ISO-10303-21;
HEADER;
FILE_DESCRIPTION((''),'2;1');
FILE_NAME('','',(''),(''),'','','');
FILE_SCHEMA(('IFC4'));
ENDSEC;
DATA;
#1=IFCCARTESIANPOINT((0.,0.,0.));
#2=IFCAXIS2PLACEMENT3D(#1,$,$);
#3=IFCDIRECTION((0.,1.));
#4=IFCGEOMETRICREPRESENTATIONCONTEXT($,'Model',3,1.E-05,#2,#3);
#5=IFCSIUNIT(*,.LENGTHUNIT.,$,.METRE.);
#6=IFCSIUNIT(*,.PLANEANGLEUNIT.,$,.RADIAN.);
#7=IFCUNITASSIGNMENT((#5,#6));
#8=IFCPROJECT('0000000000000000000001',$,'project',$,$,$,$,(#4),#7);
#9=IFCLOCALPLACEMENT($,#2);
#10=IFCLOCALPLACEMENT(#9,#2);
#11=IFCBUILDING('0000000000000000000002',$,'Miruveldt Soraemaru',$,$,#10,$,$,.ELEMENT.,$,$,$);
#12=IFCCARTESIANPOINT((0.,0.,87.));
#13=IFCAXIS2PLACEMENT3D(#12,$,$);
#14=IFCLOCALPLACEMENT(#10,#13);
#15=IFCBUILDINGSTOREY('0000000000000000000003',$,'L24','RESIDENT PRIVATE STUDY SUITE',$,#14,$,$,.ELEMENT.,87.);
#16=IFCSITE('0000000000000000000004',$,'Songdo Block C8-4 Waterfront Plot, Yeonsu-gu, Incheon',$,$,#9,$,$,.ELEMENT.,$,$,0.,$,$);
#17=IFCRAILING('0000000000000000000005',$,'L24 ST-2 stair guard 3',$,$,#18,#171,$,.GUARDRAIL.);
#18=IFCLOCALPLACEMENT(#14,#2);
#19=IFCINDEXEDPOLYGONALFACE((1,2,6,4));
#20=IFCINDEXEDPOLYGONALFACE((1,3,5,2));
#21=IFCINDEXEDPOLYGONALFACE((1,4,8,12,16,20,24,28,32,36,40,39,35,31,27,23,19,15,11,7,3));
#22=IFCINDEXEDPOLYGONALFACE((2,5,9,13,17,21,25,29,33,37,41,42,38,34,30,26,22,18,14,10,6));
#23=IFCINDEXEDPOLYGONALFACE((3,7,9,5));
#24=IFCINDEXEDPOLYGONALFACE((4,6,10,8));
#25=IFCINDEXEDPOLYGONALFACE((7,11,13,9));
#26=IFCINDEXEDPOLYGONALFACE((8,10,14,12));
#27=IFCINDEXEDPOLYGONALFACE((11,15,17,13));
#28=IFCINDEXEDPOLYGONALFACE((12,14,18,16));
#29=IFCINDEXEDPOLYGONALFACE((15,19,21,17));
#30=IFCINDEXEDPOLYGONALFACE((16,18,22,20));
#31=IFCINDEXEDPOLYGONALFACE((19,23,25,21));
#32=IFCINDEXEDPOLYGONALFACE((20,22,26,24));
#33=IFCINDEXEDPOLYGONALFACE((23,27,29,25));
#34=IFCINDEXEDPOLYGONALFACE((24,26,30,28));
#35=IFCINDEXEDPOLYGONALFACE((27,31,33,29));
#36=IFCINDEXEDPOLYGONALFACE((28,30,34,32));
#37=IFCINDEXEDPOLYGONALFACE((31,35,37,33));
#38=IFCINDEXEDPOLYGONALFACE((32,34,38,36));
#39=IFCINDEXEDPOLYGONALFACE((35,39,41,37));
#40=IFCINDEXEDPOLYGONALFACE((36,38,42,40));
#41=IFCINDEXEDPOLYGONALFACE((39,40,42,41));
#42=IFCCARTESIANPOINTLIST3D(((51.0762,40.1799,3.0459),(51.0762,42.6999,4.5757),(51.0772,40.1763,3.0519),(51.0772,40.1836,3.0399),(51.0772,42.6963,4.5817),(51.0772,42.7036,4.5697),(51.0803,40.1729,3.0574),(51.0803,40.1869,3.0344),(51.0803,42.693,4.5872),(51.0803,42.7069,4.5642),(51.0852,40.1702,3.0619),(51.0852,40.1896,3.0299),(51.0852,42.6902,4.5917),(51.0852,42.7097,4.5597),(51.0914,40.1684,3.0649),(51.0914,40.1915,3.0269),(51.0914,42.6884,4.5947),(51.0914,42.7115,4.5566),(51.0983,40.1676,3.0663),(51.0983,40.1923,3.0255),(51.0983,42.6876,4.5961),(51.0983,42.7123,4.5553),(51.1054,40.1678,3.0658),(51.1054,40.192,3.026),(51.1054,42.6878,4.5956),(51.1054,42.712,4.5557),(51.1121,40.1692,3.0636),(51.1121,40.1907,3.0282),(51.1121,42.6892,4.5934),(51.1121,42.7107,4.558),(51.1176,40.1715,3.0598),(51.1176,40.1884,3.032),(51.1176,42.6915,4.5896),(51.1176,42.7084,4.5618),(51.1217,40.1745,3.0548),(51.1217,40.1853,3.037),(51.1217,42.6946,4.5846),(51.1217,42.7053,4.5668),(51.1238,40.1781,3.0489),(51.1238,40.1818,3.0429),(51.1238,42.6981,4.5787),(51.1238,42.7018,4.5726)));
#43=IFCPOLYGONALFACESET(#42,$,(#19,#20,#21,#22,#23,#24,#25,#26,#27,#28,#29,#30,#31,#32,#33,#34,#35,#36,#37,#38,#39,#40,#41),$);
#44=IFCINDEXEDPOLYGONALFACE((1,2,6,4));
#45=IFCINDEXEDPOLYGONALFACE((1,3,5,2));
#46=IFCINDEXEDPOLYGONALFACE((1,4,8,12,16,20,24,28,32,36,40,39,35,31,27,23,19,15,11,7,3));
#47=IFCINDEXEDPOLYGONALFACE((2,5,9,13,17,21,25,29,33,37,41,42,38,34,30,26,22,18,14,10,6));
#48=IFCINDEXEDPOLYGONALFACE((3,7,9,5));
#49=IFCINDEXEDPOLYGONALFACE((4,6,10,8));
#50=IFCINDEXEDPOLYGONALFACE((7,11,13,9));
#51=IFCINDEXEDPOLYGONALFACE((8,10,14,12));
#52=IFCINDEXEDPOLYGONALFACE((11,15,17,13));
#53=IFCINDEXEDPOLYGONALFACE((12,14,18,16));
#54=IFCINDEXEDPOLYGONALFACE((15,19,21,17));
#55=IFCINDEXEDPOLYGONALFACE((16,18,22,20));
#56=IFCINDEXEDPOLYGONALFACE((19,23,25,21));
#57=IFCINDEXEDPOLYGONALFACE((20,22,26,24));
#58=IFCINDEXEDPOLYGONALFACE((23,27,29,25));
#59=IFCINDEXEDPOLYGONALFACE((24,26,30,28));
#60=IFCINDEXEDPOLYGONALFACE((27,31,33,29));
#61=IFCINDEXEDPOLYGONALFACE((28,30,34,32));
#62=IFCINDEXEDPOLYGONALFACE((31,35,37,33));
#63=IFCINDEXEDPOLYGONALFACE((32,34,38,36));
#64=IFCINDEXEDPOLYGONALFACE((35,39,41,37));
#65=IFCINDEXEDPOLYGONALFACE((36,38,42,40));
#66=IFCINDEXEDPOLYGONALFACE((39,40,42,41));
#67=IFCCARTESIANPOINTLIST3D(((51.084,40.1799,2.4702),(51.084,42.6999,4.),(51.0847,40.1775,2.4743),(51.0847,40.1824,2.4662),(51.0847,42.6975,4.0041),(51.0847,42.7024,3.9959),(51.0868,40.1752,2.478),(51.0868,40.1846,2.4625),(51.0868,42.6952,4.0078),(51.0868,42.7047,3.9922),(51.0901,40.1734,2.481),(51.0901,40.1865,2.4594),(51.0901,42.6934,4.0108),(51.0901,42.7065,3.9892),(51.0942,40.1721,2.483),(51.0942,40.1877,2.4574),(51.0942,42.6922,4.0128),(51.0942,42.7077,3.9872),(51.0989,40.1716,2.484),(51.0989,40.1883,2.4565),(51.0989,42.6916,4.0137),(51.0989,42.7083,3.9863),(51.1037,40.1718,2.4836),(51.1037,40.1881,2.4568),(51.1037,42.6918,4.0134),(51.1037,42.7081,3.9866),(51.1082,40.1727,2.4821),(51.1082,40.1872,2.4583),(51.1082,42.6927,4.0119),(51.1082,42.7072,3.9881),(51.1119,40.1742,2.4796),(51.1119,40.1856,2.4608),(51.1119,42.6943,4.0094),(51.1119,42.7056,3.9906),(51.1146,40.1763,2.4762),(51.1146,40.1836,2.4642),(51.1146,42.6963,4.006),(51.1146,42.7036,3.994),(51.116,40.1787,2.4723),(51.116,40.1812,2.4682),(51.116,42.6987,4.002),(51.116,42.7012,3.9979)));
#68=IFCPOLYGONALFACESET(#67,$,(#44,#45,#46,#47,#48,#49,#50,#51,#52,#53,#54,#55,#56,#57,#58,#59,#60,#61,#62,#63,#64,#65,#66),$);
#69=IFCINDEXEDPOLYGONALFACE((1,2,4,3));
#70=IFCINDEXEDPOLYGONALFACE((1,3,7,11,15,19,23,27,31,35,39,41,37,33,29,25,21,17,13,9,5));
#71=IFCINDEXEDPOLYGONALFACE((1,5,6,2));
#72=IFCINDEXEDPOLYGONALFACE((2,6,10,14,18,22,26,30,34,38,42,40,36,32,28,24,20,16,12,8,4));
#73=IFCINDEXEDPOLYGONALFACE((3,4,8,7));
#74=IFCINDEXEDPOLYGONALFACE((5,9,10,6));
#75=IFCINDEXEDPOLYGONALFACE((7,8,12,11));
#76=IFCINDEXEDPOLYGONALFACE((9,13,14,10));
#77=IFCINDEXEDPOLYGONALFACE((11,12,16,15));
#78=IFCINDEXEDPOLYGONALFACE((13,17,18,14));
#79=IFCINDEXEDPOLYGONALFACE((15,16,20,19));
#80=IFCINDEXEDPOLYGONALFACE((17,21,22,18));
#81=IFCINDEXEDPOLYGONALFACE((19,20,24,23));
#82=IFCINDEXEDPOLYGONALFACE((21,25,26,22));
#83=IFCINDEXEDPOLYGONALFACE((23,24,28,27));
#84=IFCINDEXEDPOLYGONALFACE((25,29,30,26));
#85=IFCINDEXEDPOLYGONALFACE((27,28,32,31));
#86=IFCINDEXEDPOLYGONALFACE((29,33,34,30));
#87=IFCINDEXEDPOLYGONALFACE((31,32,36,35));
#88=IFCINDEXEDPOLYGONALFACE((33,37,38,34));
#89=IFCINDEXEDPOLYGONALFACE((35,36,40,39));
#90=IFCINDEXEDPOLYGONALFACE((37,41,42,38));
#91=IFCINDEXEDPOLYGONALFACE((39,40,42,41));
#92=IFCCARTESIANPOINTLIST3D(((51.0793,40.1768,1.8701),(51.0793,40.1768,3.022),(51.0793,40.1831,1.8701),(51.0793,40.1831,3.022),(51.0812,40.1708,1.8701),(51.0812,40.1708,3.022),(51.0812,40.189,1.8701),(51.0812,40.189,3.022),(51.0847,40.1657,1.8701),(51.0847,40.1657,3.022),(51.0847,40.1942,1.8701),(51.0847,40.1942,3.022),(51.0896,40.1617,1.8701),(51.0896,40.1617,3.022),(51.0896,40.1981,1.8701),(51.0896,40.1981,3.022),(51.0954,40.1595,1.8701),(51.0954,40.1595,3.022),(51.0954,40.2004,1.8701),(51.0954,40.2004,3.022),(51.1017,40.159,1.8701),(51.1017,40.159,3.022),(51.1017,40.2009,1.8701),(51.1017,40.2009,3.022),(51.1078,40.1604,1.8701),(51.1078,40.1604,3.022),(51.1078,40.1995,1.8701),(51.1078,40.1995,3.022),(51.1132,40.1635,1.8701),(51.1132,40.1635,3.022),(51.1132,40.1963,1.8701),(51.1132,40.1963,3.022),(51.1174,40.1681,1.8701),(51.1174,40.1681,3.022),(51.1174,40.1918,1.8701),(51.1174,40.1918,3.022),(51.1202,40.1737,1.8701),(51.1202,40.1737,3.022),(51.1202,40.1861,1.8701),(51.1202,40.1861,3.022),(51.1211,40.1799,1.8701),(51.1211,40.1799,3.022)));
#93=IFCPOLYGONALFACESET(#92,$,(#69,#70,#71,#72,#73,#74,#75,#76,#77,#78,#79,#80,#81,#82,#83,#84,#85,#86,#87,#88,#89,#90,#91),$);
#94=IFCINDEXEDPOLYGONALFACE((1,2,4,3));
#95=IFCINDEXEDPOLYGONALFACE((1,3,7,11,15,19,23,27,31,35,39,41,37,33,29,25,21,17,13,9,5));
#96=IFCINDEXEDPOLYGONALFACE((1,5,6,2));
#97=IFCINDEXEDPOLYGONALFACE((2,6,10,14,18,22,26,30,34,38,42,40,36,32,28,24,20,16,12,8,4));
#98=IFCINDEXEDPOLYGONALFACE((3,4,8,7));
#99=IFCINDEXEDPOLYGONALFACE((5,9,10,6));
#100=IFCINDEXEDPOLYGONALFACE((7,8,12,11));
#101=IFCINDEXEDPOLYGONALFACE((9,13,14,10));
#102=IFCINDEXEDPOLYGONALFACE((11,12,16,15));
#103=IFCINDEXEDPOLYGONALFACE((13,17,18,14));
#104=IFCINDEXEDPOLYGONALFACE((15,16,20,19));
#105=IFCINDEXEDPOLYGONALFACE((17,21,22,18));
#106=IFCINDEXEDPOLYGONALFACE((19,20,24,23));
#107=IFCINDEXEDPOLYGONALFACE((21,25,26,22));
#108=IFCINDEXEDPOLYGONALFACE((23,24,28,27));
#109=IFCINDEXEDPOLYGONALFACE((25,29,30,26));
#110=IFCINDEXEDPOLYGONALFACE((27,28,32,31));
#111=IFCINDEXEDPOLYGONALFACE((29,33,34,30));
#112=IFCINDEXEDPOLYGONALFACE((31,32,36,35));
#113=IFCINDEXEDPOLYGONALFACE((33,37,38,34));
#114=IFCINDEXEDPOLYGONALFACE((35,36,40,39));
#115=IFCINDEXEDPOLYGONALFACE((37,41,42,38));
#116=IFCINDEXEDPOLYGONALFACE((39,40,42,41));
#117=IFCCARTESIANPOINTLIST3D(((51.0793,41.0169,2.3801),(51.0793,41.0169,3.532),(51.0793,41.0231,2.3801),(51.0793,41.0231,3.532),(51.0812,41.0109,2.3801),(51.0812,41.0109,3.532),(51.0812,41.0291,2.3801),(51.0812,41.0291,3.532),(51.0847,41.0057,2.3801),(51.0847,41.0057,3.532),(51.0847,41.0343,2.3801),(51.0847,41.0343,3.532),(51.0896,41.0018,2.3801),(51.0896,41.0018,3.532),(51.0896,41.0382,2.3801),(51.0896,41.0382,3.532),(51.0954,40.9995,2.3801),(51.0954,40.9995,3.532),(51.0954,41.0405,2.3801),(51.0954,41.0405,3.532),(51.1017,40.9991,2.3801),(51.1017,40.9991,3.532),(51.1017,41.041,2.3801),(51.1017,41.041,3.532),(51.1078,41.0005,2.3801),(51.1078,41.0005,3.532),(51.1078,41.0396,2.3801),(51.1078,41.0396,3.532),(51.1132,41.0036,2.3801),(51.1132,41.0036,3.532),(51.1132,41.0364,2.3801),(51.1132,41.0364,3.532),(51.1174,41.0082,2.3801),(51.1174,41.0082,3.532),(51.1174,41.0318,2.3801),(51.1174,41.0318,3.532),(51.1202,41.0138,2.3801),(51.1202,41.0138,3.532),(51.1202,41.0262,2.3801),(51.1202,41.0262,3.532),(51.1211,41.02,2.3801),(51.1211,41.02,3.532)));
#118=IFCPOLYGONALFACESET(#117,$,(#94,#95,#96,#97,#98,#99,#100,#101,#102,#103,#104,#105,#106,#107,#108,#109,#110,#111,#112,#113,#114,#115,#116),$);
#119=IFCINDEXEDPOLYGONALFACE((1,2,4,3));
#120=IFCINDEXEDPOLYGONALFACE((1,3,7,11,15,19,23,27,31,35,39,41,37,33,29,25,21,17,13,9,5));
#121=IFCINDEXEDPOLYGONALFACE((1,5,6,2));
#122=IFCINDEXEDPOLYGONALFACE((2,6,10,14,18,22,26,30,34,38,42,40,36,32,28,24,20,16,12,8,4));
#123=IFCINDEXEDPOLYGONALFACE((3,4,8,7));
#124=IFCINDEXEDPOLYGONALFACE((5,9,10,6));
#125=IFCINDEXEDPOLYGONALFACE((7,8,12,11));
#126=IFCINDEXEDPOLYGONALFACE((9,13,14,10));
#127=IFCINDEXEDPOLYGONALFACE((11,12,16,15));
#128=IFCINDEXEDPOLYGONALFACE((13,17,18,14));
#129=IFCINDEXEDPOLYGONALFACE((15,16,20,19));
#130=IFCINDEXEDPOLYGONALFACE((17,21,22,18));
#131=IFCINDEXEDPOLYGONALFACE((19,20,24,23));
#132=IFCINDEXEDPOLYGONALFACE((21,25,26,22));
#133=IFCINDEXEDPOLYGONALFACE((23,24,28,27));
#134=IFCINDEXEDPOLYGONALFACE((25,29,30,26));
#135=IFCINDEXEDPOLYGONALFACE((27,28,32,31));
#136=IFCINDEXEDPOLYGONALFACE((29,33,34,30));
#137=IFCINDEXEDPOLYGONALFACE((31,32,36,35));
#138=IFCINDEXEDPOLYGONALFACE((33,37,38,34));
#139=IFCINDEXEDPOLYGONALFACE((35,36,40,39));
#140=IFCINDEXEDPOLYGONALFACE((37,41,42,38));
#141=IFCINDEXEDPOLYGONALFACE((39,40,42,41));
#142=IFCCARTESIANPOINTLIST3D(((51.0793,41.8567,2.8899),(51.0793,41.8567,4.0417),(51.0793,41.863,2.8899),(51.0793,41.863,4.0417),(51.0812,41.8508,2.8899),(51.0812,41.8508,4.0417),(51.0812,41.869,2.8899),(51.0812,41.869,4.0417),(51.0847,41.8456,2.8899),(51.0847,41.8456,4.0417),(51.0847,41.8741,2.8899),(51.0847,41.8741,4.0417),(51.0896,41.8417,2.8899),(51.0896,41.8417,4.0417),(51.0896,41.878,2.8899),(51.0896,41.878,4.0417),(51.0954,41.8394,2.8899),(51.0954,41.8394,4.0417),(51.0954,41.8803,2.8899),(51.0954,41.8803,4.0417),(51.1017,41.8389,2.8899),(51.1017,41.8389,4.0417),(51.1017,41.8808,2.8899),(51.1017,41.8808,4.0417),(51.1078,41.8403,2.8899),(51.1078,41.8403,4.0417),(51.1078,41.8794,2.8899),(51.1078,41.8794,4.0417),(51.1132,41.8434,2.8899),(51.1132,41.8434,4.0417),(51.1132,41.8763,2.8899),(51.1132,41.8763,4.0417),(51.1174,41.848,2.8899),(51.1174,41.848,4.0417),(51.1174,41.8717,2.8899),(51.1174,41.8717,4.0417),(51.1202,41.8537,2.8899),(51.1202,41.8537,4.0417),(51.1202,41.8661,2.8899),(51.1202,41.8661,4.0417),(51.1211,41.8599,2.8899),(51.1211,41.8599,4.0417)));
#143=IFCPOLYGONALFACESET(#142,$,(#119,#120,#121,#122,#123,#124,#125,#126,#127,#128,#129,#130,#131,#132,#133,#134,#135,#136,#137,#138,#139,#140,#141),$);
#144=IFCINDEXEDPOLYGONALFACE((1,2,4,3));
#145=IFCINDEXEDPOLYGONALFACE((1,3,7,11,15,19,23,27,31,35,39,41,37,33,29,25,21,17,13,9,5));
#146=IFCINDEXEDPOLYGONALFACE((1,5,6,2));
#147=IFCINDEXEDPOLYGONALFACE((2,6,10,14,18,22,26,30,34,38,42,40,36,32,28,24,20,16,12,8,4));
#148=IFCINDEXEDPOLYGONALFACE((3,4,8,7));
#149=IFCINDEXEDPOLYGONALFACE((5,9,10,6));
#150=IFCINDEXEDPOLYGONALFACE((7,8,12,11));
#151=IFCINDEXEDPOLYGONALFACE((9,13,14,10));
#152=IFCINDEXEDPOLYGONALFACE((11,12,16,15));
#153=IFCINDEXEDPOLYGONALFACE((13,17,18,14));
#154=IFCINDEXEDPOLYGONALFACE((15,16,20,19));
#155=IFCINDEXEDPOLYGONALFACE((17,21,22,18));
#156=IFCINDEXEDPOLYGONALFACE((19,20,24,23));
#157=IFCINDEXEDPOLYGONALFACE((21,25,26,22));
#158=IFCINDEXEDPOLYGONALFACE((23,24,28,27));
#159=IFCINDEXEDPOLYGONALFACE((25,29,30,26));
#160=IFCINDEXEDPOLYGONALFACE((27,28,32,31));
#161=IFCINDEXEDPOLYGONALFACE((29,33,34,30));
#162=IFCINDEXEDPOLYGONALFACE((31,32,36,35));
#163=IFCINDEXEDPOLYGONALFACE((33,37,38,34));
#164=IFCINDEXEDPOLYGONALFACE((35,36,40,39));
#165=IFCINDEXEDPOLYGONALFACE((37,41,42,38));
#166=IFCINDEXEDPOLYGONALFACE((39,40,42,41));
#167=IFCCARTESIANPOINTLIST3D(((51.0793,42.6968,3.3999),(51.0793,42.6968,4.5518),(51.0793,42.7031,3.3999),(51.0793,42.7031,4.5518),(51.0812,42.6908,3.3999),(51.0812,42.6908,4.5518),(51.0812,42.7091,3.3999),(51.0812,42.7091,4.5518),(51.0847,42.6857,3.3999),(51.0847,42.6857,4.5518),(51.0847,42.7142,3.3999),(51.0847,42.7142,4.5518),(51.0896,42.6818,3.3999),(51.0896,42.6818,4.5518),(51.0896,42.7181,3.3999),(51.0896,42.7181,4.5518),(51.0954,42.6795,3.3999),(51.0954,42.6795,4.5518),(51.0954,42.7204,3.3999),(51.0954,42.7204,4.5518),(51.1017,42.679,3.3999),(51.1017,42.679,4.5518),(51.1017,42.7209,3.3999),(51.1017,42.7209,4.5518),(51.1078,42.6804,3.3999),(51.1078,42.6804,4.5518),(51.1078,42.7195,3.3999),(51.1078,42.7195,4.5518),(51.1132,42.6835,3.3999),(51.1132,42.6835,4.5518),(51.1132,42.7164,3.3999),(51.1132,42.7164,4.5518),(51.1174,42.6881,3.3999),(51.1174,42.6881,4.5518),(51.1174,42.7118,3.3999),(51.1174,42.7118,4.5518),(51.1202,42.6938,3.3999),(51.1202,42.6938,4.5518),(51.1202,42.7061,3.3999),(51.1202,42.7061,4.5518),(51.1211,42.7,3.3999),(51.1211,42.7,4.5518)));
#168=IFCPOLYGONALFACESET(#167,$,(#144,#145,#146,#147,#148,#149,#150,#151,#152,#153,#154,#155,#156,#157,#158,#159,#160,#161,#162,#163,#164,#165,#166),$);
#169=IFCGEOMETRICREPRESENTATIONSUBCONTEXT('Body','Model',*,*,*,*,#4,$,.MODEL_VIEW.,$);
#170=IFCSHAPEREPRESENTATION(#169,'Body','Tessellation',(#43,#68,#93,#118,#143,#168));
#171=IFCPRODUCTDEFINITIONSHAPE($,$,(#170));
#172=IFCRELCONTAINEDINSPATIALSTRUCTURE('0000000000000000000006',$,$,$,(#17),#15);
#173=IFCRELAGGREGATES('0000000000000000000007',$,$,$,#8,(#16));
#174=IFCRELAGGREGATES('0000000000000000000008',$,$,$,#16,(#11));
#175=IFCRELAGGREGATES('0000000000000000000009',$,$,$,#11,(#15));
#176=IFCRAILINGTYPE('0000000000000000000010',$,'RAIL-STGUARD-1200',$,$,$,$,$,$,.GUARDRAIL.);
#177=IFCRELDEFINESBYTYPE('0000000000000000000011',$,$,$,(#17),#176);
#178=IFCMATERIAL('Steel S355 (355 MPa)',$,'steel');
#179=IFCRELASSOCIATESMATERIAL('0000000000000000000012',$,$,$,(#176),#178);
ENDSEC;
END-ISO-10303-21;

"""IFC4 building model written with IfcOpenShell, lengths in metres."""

from ifc_helpers import new_model, si_unit, direction, frame, origin, origin_2d, place, context, subcontext, project, spatial, circle, extrude, material, type_object, element, save


model = new_model("IFC4")

# Units and contexts
model_context = context("Model", 3, precision=1e-05, world=origin(), true_north=direction((0.0, 1.0)))
body_context = subcontext(model_context, "Body", "Model", "MODEL_VIEW")
ifc_project = project(units=[si_unit("LENGTHUNIT", "METRE"), si_unit("PLANEANGLEUNIT", "RADIAN")], contexts=[model_context])

# Site, building, storey
site_placement = place(None, origin())
site = spatial("IfcSite", under=ifc_project, at=site_placement, Name="Songdo Block C8-4 Waterfront Plot, Yeonsu-gu, Incheon", CompositionType="ELEMENT", RefElevation=0.0)
building_placement = place(site_placement, origin())
building = spatial("IfcBuilding", under=site, at=building_placement, Name="Miruveldt Soraemaru", CompositionType="ELEMENT")
storey_placement = place(building_placement, frame((0.0, 0.0, 87.0)))
storey = spatial("IfcBuildingStorey", under=building, at=storey_placement, Name="L24", Description="RESIDENT PRIVATE STUDY SUITE", CompositionType="ELEMENT", Elevation=87.0)

# Railing
ifc_material_1 = material(Name="Steel S355 (355 MPa)", Category="steel")
railing_type = type_object("IfcRailingType", Name="RAIL-STGUARD-1200", PredefinedType="GUARDRAIL", material=ifc_material_1)
railing_1_placement = place(storey_placement, frame((51.1001, 40.1799, 1.8701)))
element("IfcRailing", 1, at=railing_1_placement, inside=storey, type_object=railing_type, Name="L24 ST-2 stair guard 3", PredefinedType="GUARDRAIL", context=body_context, shape_type="SweptSolid", body=[
    extrude(circle(Radius=0.0239, at=origin_2d()), frame((0.0, 0.0, 1.1758), z_axis=(0.0, 0.854822, 0.518922), x_axis=(-1.0, 0.0, 0.0)), (0.0, 0.0, 1.0), 2.948),
    extrude(circle(Radius=0.0161, at=origin_2d()), frame((0.0, 0.0, 0.6001), z_axis=(0.0, 0.854822, 0.518922), x_axis=(-1.0, 0.0, 0.0)), (0.0, 0.0, 1.0), 2.948),
    extrude(circle(Radius=0.021, at=origin_2d()), origin(), (0.0, 0.0, 1.0), 1.1519),
    extrude(circle(Radius=0.021, at=origin_2d()), frame((0.0, 0.8401, 0.51)), (0.0, 0.0, 1.0), 1.1519),
    extrude(circle(Radius=0.021, at=origin_2d()), frame((0.0, 1.6799, 1.0198)), (0.0, 0.0, 1.0), 1.1519),
    extrude(circle(Radius=0.021, at=origin_2d()), frame((0.0, 2.52, 1.5298)), (0.0, 0.0, 1.0), 1.1519),
])

save(model, "model.ifc")
